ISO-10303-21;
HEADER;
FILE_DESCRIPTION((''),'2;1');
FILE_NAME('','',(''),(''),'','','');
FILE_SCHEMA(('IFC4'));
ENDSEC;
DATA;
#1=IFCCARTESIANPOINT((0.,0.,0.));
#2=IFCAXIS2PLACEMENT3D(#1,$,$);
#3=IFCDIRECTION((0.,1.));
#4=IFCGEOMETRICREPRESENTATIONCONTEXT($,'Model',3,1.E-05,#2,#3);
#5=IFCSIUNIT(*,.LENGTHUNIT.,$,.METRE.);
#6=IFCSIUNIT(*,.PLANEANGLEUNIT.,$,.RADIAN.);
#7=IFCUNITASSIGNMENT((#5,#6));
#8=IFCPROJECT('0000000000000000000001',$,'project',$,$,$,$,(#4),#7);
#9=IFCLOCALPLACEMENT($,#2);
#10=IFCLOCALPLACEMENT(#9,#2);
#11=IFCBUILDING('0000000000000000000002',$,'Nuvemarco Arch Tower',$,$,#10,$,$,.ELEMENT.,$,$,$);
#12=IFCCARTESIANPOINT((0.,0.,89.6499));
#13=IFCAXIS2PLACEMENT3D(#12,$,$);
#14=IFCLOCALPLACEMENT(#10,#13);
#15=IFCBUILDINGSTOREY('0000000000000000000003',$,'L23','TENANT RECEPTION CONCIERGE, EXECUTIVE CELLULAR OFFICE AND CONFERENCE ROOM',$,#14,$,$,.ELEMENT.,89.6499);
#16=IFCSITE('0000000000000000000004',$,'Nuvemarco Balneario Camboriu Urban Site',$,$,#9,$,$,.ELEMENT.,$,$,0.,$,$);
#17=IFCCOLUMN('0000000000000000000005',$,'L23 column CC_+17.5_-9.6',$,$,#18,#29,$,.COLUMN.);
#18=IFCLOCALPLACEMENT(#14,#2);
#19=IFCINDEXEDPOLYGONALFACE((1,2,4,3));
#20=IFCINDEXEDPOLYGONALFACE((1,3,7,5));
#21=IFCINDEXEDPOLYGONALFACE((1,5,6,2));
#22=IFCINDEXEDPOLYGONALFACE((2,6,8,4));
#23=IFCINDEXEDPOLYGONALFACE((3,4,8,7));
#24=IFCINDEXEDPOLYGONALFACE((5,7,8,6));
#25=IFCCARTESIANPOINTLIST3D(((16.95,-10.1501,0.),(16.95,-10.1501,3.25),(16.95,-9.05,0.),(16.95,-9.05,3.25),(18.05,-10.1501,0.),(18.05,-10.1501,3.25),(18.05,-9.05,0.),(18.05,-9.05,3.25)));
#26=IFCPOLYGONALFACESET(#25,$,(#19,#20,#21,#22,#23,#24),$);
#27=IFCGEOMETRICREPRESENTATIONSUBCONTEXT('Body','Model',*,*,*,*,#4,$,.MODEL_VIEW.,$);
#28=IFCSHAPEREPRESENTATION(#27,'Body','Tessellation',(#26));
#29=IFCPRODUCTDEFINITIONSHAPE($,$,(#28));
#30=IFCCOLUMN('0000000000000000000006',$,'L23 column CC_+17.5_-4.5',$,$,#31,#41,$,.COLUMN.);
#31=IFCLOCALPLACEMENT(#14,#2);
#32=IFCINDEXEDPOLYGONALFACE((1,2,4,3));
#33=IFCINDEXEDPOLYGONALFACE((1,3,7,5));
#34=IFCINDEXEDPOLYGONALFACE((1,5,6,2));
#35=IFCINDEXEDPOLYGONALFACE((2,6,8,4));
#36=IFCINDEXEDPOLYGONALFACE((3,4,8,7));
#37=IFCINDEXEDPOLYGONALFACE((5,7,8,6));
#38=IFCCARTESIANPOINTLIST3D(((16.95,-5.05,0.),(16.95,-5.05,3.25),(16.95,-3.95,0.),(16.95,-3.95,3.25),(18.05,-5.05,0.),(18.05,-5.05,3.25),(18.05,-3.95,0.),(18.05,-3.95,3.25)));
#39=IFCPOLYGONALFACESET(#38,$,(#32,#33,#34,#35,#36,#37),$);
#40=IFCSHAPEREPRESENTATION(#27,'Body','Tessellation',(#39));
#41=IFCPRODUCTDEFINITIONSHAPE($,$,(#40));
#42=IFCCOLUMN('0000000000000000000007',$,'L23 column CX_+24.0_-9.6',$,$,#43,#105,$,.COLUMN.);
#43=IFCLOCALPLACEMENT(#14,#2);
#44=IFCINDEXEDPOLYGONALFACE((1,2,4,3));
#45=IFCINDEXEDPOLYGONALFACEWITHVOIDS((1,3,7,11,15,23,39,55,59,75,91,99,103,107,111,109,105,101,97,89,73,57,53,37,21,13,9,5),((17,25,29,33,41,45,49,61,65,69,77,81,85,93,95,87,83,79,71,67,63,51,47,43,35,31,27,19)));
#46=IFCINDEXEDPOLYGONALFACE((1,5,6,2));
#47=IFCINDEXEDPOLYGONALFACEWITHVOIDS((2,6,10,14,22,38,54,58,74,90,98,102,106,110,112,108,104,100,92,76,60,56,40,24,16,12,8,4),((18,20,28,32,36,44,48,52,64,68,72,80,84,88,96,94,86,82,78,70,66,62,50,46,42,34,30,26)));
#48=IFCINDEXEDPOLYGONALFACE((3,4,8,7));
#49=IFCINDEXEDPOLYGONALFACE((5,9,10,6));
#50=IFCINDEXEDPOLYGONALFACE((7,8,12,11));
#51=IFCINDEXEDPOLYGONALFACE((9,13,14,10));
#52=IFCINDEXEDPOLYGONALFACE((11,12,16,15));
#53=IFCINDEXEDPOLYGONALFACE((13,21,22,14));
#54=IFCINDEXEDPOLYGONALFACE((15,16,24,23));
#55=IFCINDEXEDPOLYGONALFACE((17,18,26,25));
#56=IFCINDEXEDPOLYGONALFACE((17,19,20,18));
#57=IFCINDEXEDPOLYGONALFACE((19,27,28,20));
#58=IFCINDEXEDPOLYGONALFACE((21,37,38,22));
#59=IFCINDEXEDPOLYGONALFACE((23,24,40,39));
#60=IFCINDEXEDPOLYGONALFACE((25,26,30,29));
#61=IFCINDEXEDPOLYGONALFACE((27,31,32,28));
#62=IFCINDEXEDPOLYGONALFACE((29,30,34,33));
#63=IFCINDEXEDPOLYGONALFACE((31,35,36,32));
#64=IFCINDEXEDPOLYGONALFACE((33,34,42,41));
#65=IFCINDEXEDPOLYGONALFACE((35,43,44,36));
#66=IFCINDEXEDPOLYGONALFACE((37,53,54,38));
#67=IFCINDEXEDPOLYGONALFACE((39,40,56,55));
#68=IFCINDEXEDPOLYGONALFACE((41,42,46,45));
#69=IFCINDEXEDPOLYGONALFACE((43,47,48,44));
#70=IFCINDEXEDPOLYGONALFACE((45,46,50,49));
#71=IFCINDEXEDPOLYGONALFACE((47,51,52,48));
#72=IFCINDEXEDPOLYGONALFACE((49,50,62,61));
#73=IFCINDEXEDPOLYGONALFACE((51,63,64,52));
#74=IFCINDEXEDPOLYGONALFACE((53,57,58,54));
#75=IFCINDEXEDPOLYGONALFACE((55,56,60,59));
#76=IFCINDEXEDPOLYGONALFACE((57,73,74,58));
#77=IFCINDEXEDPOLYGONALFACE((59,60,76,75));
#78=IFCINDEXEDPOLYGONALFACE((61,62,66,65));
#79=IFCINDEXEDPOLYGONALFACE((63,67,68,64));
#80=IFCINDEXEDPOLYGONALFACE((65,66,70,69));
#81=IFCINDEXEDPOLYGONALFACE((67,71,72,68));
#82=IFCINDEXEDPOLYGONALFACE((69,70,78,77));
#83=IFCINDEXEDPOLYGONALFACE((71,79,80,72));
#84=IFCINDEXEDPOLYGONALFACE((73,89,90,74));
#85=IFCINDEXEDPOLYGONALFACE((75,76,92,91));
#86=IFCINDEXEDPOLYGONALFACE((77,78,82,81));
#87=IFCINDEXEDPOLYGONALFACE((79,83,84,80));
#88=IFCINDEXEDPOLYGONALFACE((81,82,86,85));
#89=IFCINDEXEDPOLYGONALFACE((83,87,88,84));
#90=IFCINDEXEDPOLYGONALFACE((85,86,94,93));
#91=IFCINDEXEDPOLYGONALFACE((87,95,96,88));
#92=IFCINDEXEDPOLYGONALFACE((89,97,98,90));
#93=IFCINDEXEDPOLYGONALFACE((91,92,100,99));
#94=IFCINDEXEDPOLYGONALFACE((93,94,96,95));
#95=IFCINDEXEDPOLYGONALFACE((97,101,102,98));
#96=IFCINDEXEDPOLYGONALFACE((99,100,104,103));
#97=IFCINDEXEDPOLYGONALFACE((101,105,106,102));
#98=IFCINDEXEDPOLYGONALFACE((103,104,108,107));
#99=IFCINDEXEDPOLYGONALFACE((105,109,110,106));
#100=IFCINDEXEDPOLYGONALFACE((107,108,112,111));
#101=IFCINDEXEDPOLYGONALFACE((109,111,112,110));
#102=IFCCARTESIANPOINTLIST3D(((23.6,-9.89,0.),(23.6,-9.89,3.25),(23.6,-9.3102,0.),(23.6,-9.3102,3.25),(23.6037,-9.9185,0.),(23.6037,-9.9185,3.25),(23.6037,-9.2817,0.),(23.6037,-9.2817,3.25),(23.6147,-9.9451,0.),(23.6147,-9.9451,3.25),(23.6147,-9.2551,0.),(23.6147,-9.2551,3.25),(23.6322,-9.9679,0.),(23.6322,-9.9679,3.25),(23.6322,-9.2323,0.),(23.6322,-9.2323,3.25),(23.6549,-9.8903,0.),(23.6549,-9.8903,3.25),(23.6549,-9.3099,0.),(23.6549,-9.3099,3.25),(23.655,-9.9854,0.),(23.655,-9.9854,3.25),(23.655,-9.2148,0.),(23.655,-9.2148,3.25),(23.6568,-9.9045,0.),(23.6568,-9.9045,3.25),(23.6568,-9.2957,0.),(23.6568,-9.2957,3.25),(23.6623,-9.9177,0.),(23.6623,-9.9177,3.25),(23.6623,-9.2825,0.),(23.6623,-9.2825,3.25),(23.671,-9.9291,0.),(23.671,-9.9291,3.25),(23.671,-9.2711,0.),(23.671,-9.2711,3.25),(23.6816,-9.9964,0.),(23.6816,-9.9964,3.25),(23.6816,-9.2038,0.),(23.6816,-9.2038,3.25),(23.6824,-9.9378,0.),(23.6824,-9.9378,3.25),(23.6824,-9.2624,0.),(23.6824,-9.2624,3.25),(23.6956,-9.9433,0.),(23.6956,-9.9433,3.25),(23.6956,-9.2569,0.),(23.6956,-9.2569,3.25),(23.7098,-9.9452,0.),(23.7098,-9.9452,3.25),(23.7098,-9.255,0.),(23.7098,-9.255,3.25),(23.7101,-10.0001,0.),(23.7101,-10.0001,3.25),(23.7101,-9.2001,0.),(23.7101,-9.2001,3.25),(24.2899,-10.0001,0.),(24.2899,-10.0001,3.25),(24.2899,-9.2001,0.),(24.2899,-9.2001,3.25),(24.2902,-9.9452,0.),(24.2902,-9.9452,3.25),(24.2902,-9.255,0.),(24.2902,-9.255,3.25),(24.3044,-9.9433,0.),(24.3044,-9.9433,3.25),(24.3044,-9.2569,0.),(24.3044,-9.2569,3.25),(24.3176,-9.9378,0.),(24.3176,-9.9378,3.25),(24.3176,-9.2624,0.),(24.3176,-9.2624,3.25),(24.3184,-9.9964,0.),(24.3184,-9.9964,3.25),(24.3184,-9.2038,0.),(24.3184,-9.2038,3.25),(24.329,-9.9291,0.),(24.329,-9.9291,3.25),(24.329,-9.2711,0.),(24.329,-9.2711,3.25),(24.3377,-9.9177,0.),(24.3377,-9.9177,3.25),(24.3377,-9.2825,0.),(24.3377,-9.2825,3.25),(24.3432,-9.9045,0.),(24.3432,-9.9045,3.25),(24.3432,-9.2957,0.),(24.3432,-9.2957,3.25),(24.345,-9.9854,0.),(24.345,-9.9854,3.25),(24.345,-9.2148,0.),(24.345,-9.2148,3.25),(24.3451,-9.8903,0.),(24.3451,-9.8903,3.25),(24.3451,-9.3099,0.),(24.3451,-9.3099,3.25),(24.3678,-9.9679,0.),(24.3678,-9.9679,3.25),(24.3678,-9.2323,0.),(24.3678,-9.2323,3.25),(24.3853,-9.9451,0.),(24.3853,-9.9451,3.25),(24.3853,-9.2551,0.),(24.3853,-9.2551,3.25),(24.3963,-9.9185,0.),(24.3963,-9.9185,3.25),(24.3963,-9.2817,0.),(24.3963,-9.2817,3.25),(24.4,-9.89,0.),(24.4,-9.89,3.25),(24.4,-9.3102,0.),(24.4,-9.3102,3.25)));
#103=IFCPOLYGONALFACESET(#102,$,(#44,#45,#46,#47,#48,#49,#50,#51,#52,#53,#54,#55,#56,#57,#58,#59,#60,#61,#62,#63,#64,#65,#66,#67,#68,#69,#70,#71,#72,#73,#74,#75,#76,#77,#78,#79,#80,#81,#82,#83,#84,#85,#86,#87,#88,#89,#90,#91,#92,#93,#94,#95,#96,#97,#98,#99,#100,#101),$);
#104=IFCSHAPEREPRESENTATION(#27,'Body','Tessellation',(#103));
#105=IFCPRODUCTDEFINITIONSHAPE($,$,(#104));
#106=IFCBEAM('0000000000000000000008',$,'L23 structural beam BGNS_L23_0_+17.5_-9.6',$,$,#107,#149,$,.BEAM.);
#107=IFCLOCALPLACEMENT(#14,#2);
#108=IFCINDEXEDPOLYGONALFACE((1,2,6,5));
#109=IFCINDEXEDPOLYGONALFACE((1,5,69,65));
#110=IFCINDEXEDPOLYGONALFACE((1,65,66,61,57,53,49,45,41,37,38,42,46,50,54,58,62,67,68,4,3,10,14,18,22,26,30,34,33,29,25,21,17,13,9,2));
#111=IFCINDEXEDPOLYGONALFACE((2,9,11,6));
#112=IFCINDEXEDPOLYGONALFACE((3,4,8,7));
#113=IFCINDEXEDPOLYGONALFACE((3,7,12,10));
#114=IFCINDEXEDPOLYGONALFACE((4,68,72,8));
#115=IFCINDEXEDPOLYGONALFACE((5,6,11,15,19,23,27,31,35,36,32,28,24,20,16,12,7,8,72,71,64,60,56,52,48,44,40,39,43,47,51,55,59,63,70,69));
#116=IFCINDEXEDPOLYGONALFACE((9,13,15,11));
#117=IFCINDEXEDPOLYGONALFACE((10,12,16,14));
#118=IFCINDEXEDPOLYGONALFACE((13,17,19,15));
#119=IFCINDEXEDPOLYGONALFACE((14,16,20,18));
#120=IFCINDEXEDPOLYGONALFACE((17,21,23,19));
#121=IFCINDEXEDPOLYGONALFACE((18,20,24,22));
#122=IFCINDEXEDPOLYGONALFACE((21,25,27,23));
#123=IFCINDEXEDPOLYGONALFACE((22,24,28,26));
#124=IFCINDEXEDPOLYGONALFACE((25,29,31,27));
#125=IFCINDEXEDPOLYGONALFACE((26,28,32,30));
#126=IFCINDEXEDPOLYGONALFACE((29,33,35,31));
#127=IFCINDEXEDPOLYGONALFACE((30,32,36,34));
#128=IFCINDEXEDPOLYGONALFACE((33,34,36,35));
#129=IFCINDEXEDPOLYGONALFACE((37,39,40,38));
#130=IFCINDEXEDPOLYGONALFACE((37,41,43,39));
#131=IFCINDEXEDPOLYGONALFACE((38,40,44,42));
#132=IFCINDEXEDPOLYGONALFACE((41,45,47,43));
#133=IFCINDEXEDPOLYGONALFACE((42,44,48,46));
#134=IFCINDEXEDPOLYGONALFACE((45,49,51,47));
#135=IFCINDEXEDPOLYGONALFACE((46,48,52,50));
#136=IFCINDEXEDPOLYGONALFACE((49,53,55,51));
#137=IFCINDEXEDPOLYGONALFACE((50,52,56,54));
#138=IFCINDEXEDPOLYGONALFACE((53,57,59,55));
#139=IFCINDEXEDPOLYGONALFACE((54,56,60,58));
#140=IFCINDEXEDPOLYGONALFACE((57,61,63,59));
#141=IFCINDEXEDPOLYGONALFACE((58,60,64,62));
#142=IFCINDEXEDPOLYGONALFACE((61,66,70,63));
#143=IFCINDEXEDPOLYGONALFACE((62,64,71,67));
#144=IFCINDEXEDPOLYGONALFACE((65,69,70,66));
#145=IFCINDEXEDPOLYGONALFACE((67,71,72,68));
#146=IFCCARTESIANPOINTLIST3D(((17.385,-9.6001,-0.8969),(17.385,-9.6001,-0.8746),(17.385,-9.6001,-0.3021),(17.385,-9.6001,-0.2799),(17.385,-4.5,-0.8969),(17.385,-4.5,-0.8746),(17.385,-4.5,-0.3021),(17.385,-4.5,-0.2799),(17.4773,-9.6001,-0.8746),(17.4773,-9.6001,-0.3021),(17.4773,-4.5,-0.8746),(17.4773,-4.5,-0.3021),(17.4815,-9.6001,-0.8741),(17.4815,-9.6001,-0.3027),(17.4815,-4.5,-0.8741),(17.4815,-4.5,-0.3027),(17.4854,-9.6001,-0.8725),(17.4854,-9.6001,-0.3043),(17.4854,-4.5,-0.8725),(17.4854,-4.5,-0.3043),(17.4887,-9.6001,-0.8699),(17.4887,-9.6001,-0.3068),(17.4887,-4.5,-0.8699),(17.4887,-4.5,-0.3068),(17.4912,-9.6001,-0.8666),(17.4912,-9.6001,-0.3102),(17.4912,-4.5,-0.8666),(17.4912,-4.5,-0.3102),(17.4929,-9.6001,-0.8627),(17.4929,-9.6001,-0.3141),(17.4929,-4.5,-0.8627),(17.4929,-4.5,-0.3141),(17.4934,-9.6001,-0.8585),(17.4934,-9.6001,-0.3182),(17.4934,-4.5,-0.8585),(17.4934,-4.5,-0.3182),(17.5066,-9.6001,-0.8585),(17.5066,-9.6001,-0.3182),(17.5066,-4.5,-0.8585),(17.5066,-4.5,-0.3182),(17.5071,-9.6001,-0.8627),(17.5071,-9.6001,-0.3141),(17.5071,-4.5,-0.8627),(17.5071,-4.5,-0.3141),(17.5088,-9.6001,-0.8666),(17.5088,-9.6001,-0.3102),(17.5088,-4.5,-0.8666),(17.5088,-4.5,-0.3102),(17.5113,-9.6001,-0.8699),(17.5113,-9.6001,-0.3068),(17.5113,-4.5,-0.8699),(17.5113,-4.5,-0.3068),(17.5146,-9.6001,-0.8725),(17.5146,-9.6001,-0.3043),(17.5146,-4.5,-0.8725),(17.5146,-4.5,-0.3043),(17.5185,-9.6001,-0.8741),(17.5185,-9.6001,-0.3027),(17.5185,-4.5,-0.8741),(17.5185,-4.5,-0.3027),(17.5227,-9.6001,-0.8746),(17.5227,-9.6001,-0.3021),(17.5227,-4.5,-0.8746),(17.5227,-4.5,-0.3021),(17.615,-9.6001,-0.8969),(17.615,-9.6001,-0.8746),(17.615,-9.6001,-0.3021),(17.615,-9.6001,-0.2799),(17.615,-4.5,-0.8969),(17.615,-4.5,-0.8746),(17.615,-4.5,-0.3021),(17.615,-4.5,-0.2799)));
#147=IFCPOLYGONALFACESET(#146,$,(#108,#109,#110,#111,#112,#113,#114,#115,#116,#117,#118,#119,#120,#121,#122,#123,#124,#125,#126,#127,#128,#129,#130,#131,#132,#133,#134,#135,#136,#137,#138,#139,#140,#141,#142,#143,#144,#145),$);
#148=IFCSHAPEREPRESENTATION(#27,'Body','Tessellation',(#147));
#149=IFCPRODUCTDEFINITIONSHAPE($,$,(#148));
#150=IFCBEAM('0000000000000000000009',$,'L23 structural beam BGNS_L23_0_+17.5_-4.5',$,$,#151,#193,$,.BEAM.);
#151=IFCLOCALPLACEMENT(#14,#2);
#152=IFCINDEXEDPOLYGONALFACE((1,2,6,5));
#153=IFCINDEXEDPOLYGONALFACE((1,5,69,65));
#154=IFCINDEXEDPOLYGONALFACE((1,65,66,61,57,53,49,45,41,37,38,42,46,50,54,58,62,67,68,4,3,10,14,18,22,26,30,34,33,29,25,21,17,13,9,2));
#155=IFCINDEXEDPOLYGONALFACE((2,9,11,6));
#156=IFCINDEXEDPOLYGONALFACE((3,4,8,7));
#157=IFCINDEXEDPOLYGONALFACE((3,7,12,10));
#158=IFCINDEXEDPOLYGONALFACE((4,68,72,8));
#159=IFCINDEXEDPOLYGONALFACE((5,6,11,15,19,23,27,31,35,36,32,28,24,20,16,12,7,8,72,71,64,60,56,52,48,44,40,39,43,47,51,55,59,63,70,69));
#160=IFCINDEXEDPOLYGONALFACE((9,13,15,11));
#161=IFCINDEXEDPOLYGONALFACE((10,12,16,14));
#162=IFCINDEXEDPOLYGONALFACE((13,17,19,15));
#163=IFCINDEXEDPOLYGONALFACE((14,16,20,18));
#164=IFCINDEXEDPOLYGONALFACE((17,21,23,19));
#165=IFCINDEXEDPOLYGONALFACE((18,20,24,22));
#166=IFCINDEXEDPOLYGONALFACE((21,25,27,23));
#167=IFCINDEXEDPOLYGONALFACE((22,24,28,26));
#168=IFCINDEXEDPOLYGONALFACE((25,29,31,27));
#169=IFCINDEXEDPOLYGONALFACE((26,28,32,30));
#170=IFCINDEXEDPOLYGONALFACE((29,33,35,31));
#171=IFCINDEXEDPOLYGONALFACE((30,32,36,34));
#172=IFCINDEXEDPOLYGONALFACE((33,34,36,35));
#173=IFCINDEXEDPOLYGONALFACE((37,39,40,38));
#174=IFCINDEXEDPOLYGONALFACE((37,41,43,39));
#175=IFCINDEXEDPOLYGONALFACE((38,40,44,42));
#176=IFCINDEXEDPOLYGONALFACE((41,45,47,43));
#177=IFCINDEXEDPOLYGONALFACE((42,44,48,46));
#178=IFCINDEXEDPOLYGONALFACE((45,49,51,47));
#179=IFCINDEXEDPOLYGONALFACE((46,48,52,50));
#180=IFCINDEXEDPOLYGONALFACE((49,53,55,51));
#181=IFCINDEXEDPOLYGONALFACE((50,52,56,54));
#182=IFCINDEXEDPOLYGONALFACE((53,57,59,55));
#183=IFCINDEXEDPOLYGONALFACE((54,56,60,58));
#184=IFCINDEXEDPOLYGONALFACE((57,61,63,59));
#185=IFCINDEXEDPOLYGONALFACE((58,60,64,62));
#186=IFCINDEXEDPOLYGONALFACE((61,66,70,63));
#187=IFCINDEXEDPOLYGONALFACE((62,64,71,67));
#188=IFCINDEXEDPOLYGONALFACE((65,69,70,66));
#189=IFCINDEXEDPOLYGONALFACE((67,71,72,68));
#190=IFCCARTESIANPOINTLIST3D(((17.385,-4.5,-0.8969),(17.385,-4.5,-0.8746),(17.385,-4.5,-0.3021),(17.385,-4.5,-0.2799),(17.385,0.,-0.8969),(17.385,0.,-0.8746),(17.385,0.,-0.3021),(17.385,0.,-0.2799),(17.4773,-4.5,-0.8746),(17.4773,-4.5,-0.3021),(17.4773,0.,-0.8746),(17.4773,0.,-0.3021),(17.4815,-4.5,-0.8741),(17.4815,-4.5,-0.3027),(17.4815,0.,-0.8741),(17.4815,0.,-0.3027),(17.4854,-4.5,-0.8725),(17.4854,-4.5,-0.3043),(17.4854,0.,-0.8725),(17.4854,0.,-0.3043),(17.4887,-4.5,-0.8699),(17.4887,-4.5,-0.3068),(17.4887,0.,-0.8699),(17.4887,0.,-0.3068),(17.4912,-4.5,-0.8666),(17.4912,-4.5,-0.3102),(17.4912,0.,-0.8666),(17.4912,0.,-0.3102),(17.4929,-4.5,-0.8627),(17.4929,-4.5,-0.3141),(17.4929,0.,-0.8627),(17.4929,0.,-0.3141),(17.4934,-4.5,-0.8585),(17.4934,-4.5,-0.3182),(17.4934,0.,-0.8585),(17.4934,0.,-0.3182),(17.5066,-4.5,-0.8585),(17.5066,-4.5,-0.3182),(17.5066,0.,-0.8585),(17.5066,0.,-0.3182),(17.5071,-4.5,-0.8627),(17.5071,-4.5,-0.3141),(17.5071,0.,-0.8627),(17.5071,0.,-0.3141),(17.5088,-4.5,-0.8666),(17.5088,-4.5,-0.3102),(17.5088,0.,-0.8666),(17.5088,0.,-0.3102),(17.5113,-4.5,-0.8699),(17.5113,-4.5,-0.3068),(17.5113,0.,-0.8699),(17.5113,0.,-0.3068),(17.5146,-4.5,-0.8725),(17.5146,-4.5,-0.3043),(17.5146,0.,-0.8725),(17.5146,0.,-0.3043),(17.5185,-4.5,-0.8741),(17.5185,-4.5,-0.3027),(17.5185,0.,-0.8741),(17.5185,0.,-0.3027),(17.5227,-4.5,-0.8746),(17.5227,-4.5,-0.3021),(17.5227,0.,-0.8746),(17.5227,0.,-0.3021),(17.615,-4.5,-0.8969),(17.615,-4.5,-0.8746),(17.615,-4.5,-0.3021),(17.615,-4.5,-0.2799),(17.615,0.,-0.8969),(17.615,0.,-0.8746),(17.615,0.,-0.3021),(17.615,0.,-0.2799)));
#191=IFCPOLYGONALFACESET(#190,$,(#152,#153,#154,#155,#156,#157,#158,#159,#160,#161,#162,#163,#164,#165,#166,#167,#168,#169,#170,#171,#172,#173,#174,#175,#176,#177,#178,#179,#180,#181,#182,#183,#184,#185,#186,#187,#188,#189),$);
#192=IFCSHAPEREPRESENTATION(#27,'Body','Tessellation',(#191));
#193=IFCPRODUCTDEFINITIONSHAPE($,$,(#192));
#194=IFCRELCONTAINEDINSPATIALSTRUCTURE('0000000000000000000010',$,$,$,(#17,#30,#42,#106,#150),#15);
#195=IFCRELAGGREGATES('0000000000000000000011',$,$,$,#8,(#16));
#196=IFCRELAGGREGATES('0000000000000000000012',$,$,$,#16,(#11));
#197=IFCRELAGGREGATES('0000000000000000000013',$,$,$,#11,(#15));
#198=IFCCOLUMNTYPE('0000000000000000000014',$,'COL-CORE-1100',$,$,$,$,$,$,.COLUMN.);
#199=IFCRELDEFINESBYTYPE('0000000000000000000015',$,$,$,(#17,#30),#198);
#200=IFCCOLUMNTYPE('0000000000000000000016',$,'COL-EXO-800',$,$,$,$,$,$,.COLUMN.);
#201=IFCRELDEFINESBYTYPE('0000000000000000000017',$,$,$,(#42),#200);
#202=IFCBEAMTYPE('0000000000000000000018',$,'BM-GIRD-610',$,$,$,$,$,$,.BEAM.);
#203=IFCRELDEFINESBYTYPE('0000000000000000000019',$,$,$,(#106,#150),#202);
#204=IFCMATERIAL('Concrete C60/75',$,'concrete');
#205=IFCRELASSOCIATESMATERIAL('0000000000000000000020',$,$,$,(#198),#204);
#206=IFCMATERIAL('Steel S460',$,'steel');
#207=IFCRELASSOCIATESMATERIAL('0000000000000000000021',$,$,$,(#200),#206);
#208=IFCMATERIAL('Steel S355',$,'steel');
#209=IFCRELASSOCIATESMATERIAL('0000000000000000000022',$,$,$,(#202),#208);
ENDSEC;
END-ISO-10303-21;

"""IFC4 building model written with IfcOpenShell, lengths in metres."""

from ifc_helpers import new_model, si_unit, direction, frame, origin, origin_2d, place, context, subcontext, project, spatial, rectangle, hollow_rectangle, i_section, extrude, material, material_profile, profile_set, type_object, element, save


model = new_model("IFC4")

# Units and contexts
model_context = context("Model", 3, precision=1e-05, world=origin(), true_north=direction((0.0, 1.0)))
body_context = subcontext(model_context, "Body", "Model", "MODEL_VIEW")
ifc_project = project(units=[si_unit("LENGTHUNIT", "METRE"), si_unit("PLANEANGLEUNIT", "RADIAN")], contexts=[model_context])

# Site, building, storey
site_placement = place(None, origin())
site = spatial("IfcSite", under=ifc_project, at=site_placement, Name="Nuvemarco Balneario Camboriu Urban Site", CompositionType="ELEMENT", RefElevation=0.0)
building_placement = place(site_placement, origin())
building = spatial("IfcBuilding", under=site, at=building_placement, Name="Nuvemarco Arch Tower", CompositionType="ELEMENT")
storey_placement = place(building_placement, frame((0.0, 0.0, 89.6499)))
storey = spatial("IfcBuildingStorey", under=building, at=storey_placement, Name="L23", Description="TENANT RECEPTION CONCIERGE, EXECUTIVE CELLULAR OFFICE AND CONFERENCE ROOM", CompositionType="ELEMENT", Elevation=89.6499)

# Columns
ifc_material_1 = material(Name="Concrete C60/75", Category="concrete")
ifc_material_profile_1 = material_profile(ifc_material_1, rectangle(XDim=1.1001, YDim=1.1001, at=origin_2d()), Name="RC-COL-1100x1100")
ifc_profile_set_1 = profile_set([ifc_material_profile_1], Name="Concrete C60/75")
column_type_1 = type_object("IfcColumnType", Name="COL-CORE-1100", PredefinedType="COLUMN", material=ifc_profile_set_1)
for number, where, z_axis, x_axis, name in (
    (1, (17.5, -9.6001, 0.0), (0.0, 0.0, 1.0), (1.0, 0.0, 0.0), "L23 column CC_+17.5_-9.6"),
    (2, (17.5, -4.5, 0.0), (0.0, 0.0, 1.0), (1.0, 0.0, 0.0), "L23 column CC_+17.5_-4.5"),
):
    element("IfcColumn", number, at=place(storey_placement, frame(where, z_axis=z_axis, x_axis=x_axis)), inside=storey, type_object=column_type_1, Name=name, PredefinedType="COLUMN", context=body_context, shape_type="SweptSolid", body=[
        extrude(rectangle(XDim=1.1001, YDim=1.1001, at=origin_2d()), origin(), (0.0, 0.0, 1.0), 3.25),
    ])
ifc_material_2 = material(Name="Steel S460", Category="steel")
ifc_material_profile_2 = material_profile(ifc_material_2, hollow_rectangle(XDim=0.8, YDim=0.8, WallThickness=0.0549, InnerFilletRadius=0.0549, OuterFilletRadius=0.1101, at=origin_2d()), Name="SHS800x800x55")
ifc_profile_set_2 = profile_set([ifc_material_profile_2], Name="Steel S460")
column_type_2 = type_object("IfcColumnType", Name="COL-EXO-800", PredefinedType="COLUMN", material=ifc_profile_set_2)
column_placement = place(storey_placement, frame((24.0, -9.6001, 0.0), z_axis=(0.0, 0.0, 1.0), x_axis=(1.0, 0.0, 0.0)))
element("IfcColumn", 3, at=column_placement, inside=storey, type_object=column_type_2, Name="L23 column CX_+24.0_-9.6", PredefinedType="COLUMN", context=body_context, shape_type="SweptSolid", body=[
    extrude(hollow_rectangle(XDim=0.8, YDim=0.8, WallThickness=0.0549, InnerFilletRadius=0.0549, OuterFilletRadius=0.1101, at=origin_2d()), origin(), (0.0, 0.0, 1.0), 3.25),
])

# Beams
ifc_material_3 = material(Name="Steel S355", Category="steel")
ifc_material_profile_3 = material_profile(ifc_material_3, i_section(OverallWidth=0.23, OverallDepth=0.6169, WebThickness=0.0132, FlangeThickness=0.0222, FilletRadius=0.0161, at=origin_2d()), Name="W610x140")
ifc_profile_set_3 = profile_set([ifc_material_profile_3], Name="Steel S355")
beam_type_1 = type_object("IfcBeamType", Name="BM-GIRD-610", PredefinedType="BEAM", material=ifc_profile_set_3)
beam_1_placement = place(storey_placement, frame((17.5, -9.6001, -0.5884), z_axis=(0.0, 1.0, 0.0), x_axis=(-1.0, 0.0, 0.0)))
element("IfcBeam", 4, at=beam_1_placement, inside=storey, type_object=beam_type_1, Name="L23 structural beam BGNS_L23_0_+17.5_-9.6", PredefinedType="BEAM", context=body_context, shape_type="SweptSolid", body=[
    extrude(i_section(OverallWidth=0.23, OverallDepth=0.6169, WebThickness=0.0132, FlangeThickness=0.0222, FilletRadius=0.0161, at=origin_2d()), origin(), (0.0, 0.0, 1.0), 5.1001),
])
beam_2_placement = place(storey_placement, frame((17.5, -4.5, -0.5884), z_axis=(0.0, 1.0, 0.0), x_axis=(-1.0, 0.0, 0.0)))
element("IfcBeam", 5, at=beam_2_placement, inside=storey, type_object=beam_type_1, Name="L23 structural beam BGNS_L23_0_+17.5_-4.5", PredefinedType="BEAM", context=body_context, shape_type="SweptSolid", body=[
    extrude(i_section(OverallWidth=0.23, OverallDepth=0.6169, WebThickness=0.0132, FlangeThickness=0.0222, FilletRadius=0.0161, at=origin_2d()), origin(), (0.0, 0.0, 1.0), 4.5),
])

save(model, "model.ifc")
